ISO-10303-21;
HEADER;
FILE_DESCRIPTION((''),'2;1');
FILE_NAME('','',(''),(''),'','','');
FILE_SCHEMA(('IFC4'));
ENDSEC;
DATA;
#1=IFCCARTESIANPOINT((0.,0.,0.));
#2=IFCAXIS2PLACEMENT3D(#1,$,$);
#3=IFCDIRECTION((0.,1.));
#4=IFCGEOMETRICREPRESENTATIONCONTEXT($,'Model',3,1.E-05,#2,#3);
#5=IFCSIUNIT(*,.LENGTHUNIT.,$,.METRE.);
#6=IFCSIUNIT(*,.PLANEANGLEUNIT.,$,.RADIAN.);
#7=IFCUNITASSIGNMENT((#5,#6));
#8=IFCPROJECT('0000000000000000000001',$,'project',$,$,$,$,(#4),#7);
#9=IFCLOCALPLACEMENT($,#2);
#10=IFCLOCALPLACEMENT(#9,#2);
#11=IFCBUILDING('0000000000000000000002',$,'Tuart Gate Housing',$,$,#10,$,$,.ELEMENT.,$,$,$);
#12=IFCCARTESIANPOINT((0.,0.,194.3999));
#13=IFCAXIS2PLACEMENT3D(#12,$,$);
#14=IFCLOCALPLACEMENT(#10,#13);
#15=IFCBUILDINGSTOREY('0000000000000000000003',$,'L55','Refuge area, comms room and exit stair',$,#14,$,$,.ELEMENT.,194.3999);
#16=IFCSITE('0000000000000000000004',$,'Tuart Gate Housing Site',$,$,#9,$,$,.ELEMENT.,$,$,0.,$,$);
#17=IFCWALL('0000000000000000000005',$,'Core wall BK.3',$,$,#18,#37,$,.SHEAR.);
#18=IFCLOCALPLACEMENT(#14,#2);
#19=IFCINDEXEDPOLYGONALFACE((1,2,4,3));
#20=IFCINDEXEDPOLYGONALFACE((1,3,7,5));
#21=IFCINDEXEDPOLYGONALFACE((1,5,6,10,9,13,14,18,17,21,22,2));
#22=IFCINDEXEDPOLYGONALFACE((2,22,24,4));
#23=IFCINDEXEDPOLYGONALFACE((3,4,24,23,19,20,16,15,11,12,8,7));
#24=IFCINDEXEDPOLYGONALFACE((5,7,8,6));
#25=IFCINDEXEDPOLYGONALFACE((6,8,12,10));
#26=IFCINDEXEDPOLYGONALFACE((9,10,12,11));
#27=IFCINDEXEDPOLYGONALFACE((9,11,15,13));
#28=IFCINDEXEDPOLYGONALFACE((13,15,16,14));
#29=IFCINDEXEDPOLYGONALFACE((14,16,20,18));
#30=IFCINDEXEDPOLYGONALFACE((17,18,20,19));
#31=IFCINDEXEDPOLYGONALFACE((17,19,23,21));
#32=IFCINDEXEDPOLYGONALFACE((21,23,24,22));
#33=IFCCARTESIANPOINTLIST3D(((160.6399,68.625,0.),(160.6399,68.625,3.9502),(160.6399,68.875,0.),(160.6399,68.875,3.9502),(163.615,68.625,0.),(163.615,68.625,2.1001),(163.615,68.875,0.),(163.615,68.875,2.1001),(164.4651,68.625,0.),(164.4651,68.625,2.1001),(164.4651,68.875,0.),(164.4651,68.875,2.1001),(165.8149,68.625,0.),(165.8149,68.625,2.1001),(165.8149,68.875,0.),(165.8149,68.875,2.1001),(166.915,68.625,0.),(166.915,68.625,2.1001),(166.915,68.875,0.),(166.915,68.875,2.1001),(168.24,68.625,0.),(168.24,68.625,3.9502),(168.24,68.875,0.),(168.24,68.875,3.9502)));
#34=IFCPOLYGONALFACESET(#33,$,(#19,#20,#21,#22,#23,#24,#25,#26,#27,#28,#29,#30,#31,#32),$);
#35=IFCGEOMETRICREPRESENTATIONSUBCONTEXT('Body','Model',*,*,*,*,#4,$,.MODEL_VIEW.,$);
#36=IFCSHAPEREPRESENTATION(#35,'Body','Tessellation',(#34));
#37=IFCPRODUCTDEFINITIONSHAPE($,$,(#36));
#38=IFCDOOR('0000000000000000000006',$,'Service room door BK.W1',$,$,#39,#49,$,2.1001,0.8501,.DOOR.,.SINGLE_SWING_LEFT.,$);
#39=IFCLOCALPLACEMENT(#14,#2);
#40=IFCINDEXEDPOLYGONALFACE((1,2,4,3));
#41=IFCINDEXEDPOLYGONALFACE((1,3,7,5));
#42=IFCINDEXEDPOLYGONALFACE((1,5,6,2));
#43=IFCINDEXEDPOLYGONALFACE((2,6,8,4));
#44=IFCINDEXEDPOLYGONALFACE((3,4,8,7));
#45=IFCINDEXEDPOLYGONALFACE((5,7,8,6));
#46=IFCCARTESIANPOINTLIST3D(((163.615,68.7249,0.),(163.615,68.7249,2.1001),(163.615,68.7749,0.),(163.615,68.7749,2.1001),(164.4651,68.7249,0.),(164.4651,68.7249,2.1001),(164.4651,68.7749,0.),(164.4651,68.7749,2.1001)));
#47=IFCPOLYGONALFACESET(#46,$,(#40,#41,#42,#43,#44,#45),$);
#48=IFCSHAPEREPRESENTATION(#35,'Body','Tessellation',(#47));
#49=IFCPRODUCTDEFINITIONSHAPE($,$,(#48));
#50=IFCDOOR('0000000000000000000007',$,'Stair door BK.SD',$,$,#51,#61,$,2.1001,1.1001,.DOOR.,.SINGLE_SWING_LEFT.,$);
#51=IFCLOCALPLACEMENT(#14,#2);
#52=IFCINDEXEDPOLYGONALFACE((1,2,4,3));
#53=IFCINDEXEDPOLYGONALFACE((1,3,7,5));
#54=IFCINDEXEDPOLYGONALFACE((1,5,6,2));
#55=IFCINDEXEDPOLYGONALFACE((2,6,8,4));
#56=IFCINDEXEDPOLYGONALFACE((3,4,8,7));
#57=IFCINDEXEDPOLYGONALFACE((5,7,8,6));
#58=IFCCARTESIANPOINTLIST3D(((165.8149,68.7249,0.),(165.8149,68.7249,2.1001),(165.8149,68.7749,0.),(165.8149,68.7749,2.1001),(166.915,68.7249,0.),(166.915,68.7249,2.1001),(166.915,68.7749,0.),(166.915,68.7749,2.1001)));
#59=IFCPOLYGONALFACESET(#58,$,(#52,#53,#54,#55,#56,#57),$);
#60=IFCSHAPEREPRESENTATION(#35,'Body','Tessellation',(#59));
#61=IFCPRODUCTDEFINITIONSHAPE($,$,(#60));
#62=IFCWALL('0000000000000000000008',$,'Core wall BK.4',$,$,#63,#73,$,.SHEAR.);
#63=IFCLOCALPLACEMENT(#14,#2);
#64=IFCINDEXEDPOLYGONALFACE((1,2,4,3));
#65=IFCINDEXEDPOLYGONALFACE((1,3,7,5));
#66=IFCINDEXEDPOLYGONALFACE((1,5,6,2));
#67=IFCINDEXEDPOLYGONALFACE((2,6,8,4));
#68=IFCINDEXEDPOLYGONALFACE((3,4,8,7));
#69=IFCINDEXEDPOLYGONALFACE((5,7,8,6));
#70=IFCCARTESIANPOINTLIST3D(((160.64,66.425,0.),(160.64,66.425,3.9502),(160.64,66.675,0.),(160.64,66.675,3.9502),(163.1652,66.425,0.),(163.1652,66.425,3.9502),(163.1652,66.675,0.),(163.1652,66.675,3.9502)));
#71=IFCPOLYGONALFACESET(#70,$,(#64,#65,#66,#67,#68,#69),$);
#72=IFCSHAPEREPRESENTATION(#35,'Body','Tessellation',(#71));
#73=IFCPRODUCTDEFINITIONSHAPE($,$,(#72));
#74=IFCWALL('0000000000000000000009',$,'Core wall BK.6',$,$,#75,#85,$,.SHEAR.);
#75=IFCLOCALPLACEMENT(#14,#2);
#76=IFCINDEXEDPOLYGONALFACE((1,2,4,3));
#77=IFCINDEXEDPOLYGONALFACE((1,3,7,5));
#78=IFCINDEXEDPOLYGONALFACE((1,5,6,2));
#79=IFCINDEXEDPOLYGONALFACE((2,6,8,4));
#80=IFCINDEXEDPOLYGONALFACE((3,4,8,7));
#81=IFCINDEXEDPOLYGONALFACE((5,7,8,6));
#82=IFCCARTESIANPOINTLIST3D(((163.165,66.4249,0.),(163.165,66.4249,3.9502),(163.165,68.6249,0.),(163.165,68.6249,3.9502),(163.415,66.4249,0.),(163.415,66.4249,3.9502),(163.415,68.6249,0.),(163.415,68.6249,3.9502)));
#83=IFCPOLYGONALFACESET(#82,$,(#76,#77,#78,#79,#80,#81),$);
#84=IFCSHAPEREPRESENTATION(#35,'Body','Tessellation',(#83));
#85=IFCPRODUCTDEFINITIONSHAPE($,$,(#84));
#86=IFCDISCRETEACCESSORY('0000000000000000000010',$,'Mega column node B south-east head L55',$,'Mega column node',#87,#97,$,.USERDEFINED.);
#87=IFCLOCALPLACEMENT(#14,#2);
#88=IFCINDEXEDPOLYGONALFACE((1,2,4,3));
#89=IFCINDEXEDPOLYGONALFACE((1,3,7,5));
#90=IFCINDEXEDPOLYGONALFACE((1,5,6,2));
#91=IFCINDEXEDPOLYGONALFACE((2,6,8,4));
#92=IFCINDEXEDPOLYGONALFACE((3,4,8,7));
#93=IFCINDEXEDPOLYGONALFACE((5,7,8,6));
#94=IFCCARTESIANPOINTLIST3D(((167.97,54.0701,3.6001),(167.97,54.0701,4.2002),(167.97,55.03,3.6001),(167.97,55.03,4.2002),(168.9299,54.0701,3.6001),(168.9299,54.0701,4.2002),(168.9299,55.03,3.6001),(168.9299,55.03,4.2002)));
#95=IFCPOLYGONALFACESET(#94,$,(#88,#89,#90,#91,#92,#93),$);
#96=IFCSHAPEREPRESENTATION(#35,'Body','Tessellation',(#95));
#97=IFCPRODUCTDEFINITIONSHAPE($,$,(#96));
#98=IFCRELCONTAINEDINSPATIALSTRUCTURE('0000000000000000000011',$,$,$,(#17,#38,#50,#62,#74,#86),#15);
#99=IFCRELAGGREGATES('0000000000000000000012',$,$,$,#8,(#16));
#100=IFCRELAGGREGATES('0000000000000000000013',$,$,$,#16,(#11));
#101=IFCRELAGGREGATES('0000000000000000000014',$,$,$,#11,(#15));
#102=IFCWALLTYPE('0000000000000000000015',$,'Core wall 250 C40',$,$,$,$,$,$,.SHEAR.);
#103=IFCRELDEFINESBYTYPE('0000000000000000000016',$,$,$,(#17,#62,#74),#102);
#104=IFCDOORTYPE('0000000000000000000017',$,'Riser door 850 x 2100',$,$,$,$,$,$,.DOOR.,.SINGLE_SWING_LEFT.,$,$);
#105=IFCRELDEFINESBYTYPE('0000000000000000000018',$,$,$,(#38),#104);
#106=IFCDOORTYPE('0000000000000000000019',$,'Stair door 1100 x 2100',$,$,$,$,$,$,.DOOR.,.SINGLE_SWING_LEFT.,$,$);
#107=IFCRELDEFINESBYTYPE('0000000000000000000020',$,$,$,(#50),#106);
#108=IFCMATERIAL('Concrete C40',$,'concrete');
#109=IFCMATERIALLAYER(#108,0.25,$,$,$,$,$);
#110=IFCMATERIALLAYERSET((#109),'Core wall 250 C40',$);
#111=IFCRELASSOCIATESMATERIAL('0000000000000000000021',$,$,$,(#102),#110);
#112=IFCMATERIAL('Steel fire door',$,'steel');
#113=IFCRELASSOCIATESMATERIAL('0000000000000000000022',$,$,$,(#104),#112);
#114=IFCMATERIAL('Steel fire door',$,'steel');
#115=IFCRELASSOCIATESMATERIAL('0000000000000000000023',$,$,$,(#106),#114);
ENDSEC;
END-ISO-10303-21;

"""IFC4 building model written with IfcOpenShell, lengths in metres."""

from ifc_helpers import new_model, si_unit, direction, frame, frame_2d, origin, origin_2d, place, context, subcontext, project, spatial, rectangle, extrude, material, layer, layer_set, type_object, element, fill, save


model = new_model("IFC4")

# Units and contexts
model_context = context("Model", 3, precision=1e-05, world=origin(), true_north=direction((0.0, 1.0)))
body_context = subcontext(model_context, "Body", "Model", "MODEL_VIEW")
ifc_project = project(units=[si_unit("LENGTHUNIT", "METRE"), si_unit("PLANEANGLEUNIT", "RADIAN")], contexts=[model_context])

# Site, building, storey
site_placement = place(None, origin())
site = spatial("IfcSite", under=ifc_project, at=site_placement, Name="Tuart Gate Housing Site", CompositionType="ELEMENT", RefElevation=0.0)
building_placement = place(site_placement, origin())
building = spatial("IfcBuilding", under=site, at=building_placement, Name="Tuart Gate Housing", CompositionType="ELEMENT")
storey_placement = place(building_placement, frame((0.0, 0.0, 194.3999)))
storey = spatial("IfcBuildingStorey", under=building, at=storey_placement, Name="L55", Description="Refuge area, comms room and exit stair", CompositionType="ELEMENT", Elevation=194.3999)

# Wall, openings, doors
ifc_material_1 = material(Name="Concrete C40", Category="concrete")
ifc_layer_1 = layer(ifc_material_1, 0.25)
ifc_layer_set_1 = layer_set([ifc_layer_1], Name="Core wall 250 C40")
wall_type_1 = type_object("IfcWallType", Name="Core wall 250 C40", PredefinedType="SHEAR", material=ifc_layer_set_1)
wall_1_placement = place(storey_placement, frame((160.6399, 68.75, 0.0), z_axis=(0.0, 0.0, 1.0), x_axis=(1.0, 0.0, 0.0)))
wall_1 = element("IfcWall", 1, at=wall_1_placement, inside=storey, type_object=wall_type_1, Name="Core wall BK.3", PredefinedType="SHEAR", context=body_context, shape_type="SweptSolid", body=[
    extrude(rectangle(XDim=7.6001, YDim=0.25, at=frame_2d((3.8, 0.0))), origin(), (0.0, 0.0, 1.0), 3.9502),
])
opening_1_placement = place(wall_1_placement, frame((5.175, 0.0, 0.0)))
opening_1 = element("IfcOpeningElement", 2, at=opening_1_placement, cuts=wall_1, PredefinedType="OPENING", context=body_context, shape_type="SweptSolid", body=[
    extrude(rectangle(XDim=1.1001, YDim=2.1001, at=frame_2d((0.55, 1.05))), frame((0.0, 0.135, 0.0), z_axis=(0.0, -1.0, 0.0), x_axis=(1.0, 0.0, 0.0)), (0.0, 0.0, 1.0), 0.27),
])
opening_2_placement = place(wall_1_placement, frame((2.9751, 0.0, 0.0)))
opening_2 = element("IfcOpeningElement", 3, at=opening_2_placement, cuts=wall_1, PredefinedType="OPENING", context=body_context, shape_type="SweptSolid", body=[
    extrude(rectangle(XDim=0.8501, YDim=2.1001, at=frame_2d((0.425, 1.05))), frame((0.0, 0.135, 0.0), z_axis=(0.0, -1.0, 0.0), x_axis=(1.0, 0.0, 0.0)), (0.0, 0.0, 1.0), 0.27),
])
ifc_material_2 = material(Name="Steel fire door", Category="steel")
door_type_1 = type_object("IfcDoorType", Name="Riser door 850 x 2100", OperationType="SINGLE_SWING_LEFT", PredefinedType="DOOR", material=ifc_material_2)
door_1_placement = place(opening_2_placement, origin())
door_1 = element("IfcDoor", 4, at=door_1_placement, inside=storey, type_object=door_type_1, Name="Service room door BK.W1", OperationType="SINGLE_SWING_LEFT", OverallHeight=2.1001, OverallWidth=0.8501, PredefinedType="DOOR", context=body_context, shape_type="SweptSolid", body=[
    extrude(rectangle(XDim=0.8501, YDim=2.1001, at=frame_2d((0.425, 1.05))), frame((0.0, 0.0249, 0.0), z_axis=(0.0, -1.0, 0.0), x_axis=(1.0, 0.0, 0.0)), (0.0, 0.0, 1.0), 0.05),
])
fill(opening_2, door_1)
ifc_material_3 = material(Name="Steel fire door", Category="steel")
door_type_2 = type_object("IfcDoorType", Name="Stair door 1100 x 2100", OperationType="SINGLE_SWING_LEFT", PredefinedType="DOOR", material=ifc_material_3)
door_2_placement = place(opening_1_placement, origin())
door_2 = element("IfcDoor", 5, at=door_2_placement, inside=storey, type_object=door_type_2, Name="Stair door BK.SD", OperationType="SINGLE_SWING_LEFT", OverallHeight=2.1001, OverallWidth=1.1001, PredefinedType="DOOR", context=body_context, shape_type="SweptSolid", body=[
    extrude(rectangle(XDim=1.1001, YDim=2.1001, at=frame_2d((0.55, 1.05))), frame((0.0, 0.0249, 0.0), z_axis=(0.0, -1.0, 0.0), x_axis=(1.0, 0.0, 0.0)), (0.0, 0.0, 1.0), 0.05),
])
fill(opening_1, door_2)

# Walls
wall_2_placement = place(storey_placement, frame((160.6399, 66.55, 0.0), z_axis=(0.0, 0.0, 1.0), x_axis=(1.0, 0.0, 0.0)))
element("IfcWall", 6, at=wall_2_placement, inside=storey, type_object=wall_type_1, Name="Core wall BK.4", PredefinedType="SHEAR", context=body_context, shape_type="SweptSolid", body=[
    extrude(rectangle(XDim=2.5251, YDim=0.25, at=frame_2d((1.2627, 0.0))), origin(), (0.0, 0.0, 1.0), 3.9502),
])
wall_3_placement = place(storey_placement, frame((163.29, 68.625, 0.0), z_axis=(0.0, 0.0, 1.0), x_axis=(0.0, -1.0, 0.0)))
element("IfcWall", 7, at=wall_3_placement, inside=storey, type_object=wall_type_1, Name="Core wall BK.6", PredefinedType="SHEAR", context=body_context, shape_type="SweptSolid", body=[
    extrude(rectangle(XDim=2.2, YDim=0.25, at=frame_2d((1.1001, 0.0))), origin(), (0.0, 0.0, 1.0), 3.9502),
])

# Discrete accessory
discrete_accessory_placement = place(storey_placement, frame((168.45, 54.55, 3.6001), z_axis=(0.0, 0.0, 1.0), x_axis=(1.0, 0.0, 0.0)))
element("IfcDiscreteAccessory", 8, at=discrete_accessory_placement, inside=storey, Name="Mega column node B south-east head L55", ObjectType="Mega column node", PredefinedType="USERDEFINED", context=body_context, shape_type="SweptSolid", body=[
    extrude(rectangle(XDim=0.96, YDim=0.96, at=origin_2d()), origin(), (0.0, 0.0, 1.0), 0.6001),
])

save(model, "model.ifc")
